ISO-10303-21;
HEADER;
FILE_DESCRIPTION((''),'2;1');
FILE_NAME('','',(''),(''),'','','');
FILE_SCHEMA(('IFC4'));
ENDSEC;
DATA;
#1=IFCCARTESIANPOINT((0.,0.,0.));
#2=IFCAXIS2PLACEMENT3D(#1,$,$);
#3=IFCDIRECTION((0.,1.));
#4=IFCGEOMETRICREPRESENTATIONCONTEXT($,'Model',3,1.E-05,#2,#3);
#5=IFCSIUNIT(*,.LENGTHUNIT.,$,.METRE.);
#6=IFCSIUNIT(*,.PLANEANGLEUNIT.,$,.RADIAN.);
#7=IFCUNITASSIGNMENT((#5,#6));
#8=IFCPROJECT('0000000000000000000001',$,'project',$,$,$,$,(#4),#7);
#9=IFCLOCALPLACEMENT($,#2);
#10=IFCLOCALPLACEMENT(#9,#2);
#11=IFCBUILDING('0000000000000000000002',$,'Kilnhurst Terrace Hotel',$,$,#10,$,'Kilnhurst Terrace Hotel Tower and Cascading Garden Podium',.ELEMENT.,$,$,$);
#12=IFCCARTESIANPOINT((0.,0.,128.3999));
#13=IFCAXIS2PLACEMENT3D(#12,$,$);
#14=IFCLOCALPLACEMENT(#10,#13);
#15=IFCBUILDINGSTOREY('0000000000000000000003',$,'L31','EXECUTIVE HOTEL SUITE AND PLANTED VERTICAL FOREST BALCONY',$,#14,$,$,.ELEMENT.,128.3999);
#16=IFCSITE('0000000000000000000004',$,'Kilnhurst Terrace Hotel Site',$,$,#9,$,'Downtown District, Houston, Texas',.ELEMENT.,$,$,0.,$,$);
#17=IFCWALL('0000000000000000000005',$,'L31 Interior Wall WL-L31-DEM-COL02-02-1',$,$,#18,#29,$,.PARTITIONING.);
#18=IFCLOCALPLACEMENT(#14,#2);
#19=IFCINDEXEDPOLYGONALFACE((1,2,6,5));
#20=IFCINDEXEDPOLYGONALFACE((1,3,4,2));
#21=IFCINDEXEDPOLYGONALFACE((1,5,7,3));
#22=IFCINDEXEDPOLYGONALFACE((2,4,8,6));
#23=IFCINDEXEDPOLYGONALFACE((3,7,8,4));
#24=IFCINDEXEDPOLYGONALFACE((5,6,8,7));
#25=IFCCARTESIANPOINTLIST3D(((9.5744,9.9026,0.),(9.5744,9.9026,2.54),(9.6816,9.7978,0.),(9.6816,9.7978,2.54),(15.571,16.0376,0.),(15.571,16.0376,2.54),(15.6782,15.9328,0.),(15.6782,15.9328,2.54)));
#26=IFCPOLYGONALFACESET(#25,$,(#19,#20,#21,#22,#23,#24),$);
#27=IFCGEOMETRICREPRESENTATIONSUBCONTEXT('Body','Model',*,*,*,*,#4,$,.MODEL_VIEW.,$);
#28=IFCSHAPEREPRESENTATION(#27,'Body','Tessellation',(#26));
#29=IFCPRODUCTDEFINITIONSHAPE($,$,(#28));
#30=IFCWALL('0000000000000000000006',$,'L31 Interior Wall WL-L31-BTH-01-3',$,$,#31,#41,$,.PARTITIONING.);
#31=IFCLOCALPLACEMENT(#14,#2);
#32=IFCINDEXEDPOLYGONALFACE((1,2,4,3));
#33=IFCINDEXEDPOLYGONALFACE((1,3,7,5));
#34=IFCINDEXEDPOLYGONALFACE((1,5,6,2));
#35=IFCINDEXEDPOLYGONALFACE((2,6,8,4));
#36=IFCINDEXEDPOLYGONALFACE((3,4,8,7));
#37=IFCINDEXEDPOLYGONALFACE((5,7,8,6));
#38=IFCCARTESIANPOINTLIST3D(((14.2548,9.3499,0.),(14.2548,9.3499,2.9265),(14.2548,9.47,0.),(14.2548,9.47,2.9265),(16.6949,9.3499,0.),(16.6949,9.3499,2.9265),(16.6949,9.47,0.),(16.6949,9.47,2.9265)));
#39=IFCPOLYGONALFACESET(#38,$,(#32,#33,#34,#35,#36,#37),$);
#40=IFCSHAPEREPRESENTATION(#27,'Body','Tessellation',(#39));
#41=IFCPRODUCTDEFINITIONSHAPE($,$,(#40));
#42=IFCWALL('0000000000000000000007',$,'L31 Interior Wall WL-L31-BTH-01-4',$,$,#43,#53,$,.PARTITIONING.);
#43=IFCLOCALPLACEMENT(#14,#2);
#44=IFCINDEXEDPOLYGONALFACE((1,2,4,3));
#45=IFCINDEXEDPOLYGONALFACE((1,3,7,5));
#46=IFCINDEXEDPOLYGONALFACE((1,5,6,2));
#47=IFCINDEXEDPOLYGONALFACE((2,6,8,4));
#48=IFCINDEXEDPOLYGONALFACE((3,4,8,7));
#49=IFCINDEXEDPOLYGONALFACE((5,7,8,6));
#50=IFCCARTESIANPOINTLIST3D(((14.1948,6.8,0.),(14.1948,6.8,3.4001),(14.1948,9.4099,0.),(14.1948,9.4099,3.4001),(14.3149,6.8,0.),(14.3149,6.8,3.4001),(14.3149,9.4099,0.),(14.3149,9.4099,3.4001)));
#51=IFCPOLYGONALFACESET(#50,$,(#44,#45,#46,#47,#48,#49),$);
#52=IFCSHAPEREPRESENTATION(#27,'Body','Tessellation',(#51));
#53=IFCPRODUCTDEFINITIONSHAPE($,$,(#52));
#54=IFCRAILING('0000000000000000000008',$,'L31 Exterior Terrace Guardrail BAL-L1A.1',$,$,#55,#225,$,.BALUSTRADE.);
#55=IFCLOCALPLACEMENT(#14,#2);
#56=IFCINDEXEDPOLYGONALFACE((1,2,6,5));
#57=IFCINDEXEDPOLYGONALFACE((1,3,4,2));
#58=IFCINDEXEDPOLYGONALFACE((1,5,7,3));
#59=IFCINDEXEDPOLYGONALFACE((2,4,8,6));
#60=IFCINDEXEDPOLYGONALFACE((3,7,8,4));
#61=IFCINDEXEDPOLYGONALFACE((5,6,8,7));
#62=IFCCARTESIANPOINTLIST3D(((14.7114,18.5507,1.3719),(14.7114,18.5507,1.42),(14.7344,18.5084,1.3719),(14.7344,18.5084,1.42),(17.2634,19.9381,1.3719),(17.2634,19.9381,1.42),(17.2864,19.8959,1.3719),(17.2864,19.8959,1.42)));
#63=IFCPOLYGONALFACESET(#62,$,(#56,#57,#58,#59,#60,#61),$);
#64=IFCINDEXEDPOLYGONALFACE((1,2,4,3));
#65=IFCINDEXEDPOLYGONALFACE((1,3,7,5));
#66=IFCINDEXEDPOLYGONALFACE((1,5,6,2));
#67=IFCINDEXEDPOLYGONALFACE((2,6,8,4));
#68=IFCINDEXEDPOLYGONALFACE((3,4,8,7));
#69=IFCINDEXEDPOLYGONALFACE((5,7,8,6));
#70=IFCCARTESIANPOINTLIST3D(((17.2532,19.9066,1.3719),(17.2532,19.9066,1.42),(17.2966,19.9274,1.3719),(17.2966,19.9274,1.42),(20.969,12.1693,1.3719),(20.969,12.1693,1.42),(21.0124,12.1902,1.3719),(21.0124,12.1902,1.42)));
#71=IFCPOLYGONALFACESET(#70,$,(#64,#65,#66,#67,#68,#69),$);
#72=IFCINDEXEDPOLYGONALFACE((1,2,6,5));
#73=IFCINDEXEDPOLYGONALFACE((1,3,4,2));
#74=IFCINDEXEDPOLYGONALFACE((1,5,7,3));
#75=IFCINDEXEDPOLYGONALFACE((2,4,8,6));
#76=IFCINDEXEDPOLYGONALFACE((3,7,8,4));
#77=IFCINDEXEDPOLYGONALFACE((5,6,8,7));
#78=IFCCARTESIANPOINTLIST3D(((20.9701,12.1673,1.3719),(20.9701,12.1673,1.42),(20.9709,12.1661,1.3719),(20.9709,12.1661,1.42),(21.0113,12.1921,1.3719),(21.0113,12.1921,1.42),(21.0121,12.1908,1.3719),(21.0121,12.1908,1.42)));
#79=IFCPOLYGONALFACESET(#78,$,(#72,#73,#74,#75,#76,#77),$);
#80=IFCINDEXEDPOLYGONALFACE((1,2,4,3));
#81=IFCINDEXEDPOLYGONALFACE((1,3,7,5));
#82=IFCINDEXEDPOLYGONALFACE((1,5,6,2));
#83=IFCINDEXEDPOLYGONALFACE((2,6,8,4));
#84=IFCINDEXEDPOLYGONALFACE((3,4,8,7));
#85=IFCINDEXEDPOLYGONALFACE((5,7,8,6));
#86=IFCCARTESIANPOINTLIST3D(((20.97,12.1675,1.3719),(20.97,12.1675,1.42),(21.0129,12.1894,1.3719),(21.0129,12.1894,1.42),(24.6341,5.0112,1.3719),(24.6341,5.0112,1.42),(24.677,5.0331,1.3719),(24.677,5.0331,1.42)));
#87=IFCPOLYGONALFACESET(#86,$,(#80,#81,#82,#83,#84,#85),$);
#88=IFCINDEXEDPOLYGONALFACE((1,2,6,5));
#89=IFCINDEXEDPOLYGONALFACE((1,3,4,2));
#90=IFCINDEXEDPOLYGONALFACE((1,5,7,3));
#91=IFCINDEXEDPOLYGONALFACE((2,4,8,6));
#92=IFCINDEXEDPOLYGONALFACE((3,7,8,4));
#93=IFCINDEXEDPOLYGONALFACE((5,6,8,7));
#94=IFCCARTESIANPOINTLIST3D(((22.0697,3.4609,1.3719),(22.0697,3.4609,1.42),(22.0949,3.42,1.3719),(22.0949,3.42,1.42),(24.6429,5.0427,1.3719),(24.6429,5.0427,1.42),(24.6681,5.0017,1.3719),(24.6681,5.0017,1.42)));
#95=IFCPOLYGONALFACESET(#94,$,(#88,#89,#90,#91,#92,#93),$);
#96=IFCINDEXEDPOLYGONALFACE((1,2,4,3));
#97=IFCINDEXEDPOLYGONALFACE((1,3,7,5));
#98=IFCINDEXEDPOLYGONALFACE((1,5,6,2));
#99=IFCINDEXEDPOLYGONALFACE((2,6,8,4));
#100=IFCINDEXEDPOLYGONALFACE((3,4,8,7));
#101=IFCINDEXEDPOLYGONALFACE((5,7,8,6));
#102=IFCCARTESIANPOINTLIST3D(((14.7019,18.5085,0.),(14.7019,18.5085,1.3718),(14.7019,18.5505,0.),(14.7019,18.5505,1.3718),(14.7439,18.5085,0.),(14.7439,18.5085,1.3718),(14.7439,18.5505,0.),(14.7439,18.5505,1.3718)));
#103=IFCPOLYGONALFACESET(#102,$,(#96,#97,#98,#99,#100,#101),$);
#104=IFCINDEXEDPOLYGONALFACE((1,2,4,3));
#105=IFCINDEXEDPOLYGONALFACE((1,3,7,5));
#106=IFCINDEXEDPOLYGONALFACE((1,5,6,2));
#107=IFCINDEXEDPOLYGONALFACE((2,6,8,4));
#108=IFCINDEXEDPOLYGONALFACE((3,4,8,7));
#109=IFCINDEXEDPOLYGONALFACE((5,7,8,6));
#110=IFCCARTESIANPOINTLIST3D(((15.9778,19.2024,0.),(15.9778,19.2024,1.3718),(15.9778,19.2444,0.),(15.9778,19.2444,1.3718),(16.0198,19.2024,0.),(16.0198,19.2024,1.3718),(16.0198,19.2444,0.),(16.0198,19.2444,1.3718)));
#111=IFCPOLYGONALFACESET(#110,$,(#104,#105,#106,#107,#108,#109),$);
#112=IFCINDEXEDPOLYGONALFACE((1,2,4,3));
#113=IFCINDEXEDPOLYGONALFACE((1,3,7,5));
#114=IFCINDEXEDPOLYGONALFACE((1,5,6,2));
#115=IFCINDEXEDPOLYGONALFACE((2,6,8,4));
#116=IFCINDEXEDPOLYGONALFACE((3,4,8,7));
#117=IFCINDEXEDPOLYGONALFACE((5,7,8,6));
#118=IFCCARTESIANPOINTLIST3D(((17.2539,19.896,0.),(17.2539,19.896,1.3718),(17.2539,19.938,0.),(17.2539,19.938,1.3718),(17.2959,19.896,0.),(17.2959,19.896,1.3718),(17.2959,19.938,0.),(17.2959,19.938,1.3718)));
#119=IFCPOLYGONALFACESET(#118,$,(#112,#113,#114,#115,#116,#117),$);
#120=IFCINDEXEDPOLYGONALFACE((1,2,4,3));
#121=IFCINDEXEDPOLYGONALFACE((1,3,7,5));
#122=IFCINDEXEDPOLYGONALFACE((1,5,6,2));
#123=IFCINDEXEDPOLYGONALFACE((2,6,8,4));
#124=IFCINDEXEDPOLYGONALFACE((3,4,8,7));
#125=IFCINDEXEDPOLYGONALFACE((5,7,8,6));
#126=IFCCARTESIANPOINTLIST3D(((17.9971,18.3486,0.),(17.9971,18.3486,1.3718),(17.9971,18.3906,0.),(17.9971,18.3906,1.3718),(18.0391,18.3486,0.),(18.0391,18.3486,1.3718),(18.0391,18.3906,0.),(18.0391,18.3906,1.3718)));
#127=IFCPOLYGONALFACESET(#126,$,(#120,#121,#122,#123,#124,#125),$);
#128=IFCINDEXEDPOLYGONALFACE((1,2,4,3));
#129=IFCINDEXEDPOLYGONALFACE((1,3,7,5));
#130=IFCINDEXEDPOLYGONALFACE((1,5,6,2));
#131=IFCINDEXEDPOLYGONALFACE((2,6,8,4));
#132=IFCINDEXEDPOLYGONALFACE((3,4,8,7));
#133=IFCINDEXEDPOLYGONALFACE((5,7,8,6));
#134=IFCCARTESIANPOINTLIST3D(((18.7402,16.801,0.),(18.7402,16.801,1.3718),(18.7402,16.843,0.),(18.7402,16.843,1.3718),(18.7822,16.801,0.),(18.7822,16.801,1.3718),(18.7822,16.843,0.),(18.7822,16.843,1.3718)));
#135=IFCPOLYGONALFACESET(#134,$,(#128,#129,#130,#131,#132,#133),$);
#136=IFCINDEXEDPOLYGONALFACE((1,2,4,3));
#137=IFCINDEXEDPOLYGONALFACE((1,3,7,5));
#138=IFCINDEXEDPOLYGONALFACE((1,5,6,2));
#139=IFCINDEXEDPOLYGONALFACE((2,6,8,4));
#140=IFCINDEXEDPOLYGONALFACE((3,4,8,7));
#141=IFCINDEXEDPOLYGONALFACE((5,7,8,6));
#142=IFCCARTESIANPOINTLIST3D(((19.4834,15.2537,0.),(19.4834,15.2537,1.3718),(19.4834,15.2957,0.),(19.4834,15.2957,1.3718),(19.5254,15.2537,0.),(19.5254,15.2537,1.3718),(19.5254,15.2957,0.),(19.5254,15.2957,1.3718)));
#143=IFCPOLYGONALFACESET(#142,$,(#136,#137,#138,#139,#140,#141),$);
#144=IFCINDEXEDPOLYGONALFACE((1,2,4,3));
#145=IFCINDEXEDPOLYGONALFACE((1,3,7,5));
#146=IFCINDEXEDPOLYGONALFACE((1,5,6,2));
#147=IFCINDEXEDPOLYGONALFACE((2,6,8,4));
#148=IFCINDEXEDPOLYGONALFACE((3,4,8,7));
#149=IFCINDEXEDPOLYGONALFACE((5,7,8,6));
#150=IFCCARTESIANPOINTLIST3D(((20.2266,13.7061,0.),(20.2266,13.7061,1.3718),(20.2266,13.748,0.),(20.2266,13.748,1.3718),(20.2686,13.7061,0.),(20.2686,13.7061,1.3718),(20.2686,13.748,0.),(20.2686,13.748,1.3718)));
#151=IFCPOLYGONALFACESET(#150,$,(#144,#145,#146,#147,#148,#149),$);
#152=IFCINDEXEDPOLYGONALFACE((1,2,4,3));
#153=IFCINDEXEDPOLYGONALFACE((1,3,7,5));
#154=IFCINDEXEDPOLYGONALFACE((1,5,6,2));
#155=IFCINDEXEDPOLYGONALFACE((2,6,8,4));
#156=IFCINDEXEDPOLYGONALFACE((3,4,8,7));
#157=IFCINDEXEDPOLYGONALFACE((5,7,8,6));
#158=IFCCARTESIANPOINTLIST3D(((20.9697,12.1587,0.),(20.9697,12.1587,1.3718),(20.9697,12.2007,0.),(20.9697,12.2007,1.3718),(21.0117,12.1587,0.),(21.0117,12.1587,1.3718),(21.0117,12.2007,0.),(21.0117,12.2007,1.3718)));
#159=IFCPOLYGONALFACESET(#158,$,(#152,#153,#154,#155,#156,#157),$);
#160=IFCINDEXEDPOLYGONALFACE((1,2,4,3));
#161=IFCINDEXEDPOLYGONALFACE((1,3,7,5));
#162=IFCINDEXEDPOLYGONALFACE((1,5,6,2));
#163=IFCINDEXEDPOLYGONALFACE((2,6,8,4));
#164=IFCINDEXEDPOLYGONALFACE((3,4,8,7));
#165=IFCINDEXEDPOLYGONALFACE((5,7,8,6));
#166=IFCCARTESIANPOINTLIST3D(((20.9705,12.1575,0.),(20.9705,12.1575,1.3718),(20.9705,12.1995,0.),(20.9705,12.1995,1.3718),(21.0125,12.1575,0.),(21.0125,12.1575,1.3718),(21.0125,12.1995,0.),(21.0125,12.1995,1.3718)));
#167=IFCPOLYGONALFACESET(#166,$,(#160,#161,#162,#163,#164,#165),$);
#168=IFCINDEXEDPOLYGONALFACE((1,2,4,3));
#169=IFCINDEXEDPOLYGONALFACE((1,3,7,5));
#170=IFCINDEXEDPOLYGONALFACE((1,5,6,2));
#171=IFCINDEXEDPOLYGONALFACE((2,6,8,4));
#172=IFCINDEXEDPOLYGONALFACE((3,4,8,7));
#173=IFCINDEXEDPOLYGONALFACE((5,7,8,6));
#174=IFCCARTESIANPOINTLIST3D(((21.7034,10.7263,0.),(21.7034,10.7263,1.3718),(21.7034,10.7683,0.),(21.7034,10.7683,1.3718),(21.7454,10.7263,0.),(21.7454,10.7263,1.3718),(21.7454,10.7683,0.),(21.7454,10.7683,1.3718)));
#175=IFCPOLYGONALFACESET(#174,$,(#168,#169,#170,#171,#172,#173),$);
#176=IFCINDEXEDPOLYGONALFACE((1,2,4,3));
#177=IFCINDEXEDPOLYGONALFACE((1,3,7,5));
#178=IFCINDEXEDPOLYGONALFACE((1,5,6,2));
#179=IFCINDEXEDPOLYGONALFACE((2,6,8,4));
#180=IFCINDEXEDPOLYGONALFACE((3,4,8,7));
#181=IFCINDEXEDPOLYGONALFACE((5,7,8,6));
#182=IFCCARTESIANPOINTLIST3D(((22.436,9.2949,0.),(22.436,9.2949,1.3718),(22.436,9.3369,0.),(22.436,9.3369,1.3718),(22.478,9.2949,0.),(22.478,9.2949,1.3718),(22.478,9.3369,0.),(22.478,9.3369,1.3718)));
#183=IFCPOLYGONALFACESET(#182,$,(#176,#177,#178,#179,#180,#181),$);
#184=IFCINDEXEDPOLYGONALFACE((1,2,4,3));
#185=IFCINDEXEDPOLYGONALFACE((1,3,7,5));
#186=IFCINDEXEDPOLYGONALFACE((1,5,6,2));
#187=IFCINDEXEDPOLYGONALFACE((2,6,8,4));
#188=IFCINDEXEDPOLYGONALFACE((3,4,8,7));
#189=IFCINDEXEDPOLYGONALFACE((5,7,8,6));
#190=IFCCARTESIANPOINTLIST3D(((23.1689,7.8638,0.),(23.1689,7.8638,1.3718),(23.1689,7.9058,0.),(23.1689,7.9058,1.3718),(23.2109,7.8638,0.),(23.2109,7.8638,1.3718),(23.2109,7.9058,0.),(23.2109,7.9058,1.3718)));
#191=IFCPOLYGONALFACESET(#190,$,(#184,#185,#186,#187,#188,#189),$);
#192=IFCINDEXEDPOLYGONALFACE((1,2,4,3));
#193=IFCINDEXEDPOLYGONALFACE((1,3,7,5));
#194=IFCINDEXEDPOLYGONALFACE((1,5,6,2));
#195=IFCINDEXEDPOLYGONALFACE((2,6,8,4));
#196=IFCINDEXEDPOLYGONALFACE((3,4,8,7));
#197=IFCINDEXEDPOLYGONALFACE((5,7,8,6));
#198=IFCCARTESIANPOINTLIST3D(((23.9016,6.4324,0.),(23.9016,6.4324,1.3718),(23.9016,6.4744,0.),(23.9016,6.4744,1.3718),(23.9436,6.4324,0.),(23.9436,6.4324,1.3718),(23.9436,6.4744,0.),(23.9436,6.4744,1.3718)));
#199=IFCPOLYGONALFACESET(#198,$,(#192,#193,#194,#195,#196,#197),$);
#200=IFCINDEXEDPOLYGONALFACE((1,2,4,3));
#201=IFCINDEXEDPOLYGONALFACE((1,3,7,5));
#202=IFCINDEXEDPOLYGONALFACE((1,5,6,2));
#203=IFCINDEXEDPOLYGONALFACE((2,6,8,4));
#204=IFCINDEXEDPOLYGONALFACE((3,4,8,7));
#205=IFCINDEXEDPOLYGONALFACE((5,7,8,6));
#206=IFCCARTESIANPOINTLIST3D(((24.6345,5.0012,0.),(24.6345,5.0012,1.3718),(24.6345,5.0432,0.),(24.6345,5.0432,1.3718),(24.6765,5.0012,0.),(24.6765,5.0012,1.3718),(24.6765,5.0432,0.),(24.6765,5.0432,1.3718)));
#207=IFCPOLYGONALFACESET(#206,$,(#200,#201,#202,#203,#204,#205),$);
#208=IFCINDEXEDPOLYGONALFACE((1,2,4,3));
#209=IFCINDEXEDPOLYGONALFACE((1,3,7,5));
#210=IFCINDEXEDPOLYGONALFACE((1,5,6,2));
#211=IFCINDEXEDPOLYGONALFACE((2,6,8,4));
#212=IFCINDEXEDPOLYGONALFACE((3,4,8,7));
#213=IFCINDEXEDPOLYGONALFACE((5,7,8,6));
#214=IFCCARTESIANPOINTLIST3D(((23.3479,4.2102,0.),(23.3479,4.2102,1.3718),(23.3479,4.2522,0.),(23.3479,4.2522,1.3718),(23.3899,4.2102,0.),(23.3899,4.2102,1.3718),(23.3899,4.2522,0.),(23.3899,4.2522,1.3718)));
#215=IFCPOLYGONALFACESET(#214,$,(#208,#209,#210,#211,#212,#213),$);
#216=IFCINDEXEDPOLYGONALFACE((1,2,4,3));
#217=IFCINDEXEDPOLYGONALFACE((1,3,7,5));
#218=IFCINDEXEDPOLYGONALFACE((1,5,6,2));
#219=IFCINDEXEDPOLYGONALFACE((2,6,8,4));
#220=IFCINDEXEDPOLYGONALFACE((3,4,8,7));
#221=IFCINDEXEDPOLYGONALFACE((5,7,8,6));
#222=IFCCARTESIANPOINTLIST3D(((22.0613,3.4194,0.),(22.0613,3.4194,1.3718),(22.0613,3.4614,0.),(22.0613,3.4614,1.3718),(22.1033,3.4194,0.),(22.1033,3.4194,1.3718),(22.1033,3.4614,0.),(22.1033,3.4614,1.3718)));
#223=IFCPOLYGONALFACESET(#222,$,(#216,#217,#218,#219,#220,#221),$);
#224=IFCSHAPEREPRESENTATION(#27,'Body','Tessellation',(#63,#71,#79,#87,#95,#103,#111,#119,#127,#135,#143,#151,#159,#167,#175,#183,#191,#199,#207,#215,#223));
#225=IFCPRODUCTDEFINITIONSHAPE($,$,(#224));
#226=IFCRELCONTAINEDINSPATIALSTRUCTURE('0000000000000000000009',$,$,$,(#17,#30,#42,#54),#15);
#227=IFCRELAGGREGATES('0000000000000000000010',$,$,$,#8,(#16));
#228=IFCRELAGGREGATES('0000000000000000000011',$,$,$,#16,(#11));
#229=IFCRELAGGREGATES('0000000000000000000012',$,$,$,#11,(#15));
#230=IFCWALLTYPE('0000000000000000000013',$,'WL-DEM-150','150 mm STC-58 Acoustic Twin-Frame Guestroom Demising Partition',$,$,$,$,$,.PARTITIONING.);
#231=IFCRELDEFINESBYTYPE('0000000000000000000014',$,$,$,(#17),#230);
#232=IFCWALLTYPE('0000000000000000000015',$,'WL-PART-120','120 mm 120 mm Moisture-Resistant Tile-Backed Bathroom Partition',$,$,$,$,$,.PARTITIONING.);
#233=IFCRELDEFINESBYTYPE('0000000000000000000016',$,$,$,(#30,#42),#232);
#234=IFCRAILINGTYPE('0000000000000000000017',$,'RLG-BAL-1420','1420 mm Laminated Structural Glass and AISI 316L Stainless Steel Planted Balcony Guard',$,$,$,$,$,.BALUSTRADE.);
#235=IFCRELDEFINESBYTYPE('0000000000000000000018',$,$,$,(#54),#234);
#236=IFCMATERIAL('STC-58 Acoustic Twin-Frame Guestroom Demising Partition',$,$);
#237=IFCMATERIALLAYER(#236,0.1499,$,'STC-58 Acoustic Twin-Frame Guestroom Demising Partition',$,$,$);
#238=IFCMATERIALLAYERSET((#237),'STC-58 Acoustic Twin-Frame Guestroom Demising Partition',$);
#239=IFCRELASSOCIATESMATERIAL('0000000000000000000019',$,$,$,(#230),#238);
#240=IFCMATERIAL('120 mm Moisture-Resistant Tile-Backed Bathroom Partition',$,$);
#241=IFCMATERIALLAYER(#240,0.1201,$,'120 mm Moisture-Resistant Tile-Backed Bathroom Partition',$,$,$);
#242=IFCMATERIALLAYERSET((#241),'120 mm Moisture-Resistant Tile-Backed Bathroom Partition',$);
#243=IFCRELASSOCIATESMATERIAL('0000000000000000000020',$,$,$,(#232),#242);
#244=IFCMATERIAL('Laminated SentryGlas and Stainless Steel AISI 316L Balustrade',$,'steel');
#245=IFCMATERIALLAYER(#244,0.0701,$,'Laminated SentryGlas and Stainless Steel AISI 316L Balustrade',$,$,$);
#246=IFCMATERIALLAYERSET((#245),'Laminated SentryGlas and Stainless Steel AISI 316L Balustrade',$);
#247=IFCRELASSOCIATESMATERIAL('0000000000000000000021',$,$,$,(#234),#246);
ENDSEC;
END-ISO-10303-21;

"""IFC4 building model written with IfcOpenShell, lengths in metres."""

from ifc_helpers import new_model, si_unit, direction, frame, frame_2d, origin, origin_2d, place, context, subcontext, project, spatial, rectangle, extrude, material, layer, layer_set, type_object, element, save


model = new_model("IFC4")

# Units and contexts
model_context = context("Model", 3, precision=1e-05, world=origin(), true_north=direction((0.0, 1.0)))
body_context = subcontext(model_context, "Body", "Model", "MODEL_VIEW")
ifc_project = project(units=[si_unit("LENGTHUNIT", "METRE"), si_unit("PLANEANGLEUNIT", "RADIAN")], contexts=[model_context])

# Site, building, storey
site_placement = place(None, origin())
site = spatial("IfcSite", under=ifc_project, at=site_placement, Name="Kilnhurst Terrace Hotel Site", LongName="Downtown District, Houston, Texas", CompositionType="ELEMENT", RefElevation=0.0)
building_placement = place(site_placement, origin())
building = spatial("IfcBuilding", under=site, at=building_placement, Name="Kilnhurst Terrace Hotel", LongName="Kilnhurst Terrace Hotel Tower and Cascading Garden Podium", CompositionType="ELEMENT")
storey_placement = place(building_placement, frame((0.0, 0.0, 128.3999)))
storey = spatial("IfcBuildingStorey", under=building, at=storey_placement, Name="L31", Description="EXECUTIVE HOTEL SUITE AND PLANTED VERTICAL FOREST BALCONY", CompositionType="ELEMENT", Elevation=128.3999)

# Walls
ifc_material_1 = material(Name="STC-58 Acoustic Twin-Frame Guestroom Demising Partition")
ifc_layer_1 = layer(ifc_material_1, 0.1499, Name="STC-58 Acoustic Twin-Frame Guestroom Demising Partition")
ifc_layer_set_1 = layer_set([ifc_layer_1], Name="STC-58 Acoustic Twin-Frame Guestroom Demising Partition")
wall_type_1 = type_object("IfcWallType", Name="WL-DEM-150", Description="150 mm STC-58 Acoustic Twin-Frame Guestroom Demising Partition", PredefinedType="PARTITIONING", material=ifc_layer_set_1)
wall_1_placement = place(storey_placement, frame((9.6279, 9.8501, 0.0), z_axis=(0.0, 0.0, 1.0), x_axis=(0.698993, 0.715129, 0.0)))
element("IfcWall", 1, at=wall_1_placement, inside=storey, type_object=wall_type_1, Name="L31 Interior Wall WL-L31-DEM-COL02-02-1", PredefinedType="PARTITIONING", context=body_context, shape_type="SweptSolid", body=[
    extrude(rectangle(XDim=8.5789, YDim=0.1499, at=frame_2d((4.2896, 0.0))), origin(), (0.0, 0.0, 1.0), 2.54),
])
ifc_material_2 = material(Name="120 mm Moisture-Resistant Tile-Backed Bathroom Partition")
ifc_layer_2 = layer(ifc_material_2, 0.1201, Name="120 mm Moisture-Resistant Tile-Backed Bathroom Partition")
ifc_layer_set_2 = layer_set([ifc_layer_2], Name="120 mm Moisture-Resistant Tile-Backed Bathroom Partition")
wall_type_2 = type_object("IfcWallType", Name="WL-PART-120", Description="120 mm 120 mm Moisture-Resistant Tile-Backed Bathroom Partition", PredefinedType="PARTITIONING", material=ifc_layer_set_2)
wall_2_placement = place(storey_placement, frame((16.6951, 9.4099, 0.0), z_axis=(0.0, 0.0, 1.0), x_axis=(-1.0, 0.0, 0.0)))
element("IfcWall", 2, at=wall_2_placement, inside=storey, type_object=wall_type_2, Name="L31 Interior Wall WL-L31-BTH-01-3", PredefinedType="PARTITIONING", context=body_context, shape_type="SweptSolid", body=[
    extrude(rectangle(XDim=2.4402, YDim=0.1201, at=frame_2d((1.2202, 0.0))), origin(), (0.0, 0.0, 1.0), 2.9265),
])
wall_3_placement = place(storey_placement, frame((14.2549, 9.4099, 0.0), z_axis=(0.0, 0.0, 1.0), x_axis=(0.0, -1.0, 0.0)))
element("IfcWall", 3, at=wall_3_placement, inside=storey, type_object=wall_type_2, Name="L31 Interior Wall WL-L31-BTH-01-4", PredefinedType="PARTITIONING", context=body_context, shape_type="SweptSolid", body=[
    extrude(rectangle(XDim=2.6099, YDim=0.1201, at=frame_2d((1.3049, 0.0))), origin(), (0.0, 0.0, 1.0), 3.4001),
])

# Railing
ifc_material_3 = material(Name="Laminated SentryGlas and Stainless Steel AISI 316L Balustrade", Category="steel")
ifc_layer_3 = layer(ifc_material_3, 0.0701, Name="Laminated SentryGlas and Stainless Steel AISI 316L Balustrade")
ifc_layer_set_3 = layer_set([ifc_layer_3], Name="Laminated SentryGlas and Stainless Steel AISI 316L Balustrade")
railing_type = type_object("IfcRailingType", Name="RLG-BAL-1420", Description="1420 mm Laminated Structural Glass and AISI 316L Stainless Steel Planted Balcony Guard", PredefinedType="BALUSTRADE", material=ifc_layer_set_3)
railing_placement = place(storey_placement, frame((14.7229, 18.5295, 0.0)))
element("IfcRailing", 4, at=railing_placement, inside=storey, type_object=railing_type, Name="L31 Exterior Terrace Guardrail BAL-L1A.1", PredefinedType="BALUSTRADE", context=body_context, shape_type="SweptSolid", body=[
    extrude(rectangle(XDim=0.0481, YDim=0.0481, at=origin_2d()), frame((0.0, 0.0, 1.396), z_axis=(0.878553, 0.477644, 0.0), x_axis=(-0.477644, 0.878553, 0.0)), (0.0, 0.0, 1.0), 2.9048),
    extrude(rectangle(XDim=0.0481, YDim=0.0481, at=origin_2d()), frame((2.552, 1.3875, 1.396), z_axis=(0.432912, -0.901436, 0.0), x_axis=(0.901436, 0.432912, 0.0)), (0.0, 0.0, 1.0), 8.5833),
    extrude(rectangle(XDim=0.0481, YDim=0.0481, at=origin_2d()), frame((6.2678, -6.3499, 1.396), z_axis=(0.514496, -0.857493, 0.0), x_axis=(0.857493, 0.514496, 0.0)), (0.0, 0.0, 1.0), 0.0015),
    extrude(rectangle(XDim=0.0481, YDim=0.0481, at=origin_2d()), frame((6.2686, -6.3511, 1.396), z_axis=(0.455744, -0.890111, 0.0), x_axis=(0.890111, 0.455744, 0.0)), (0.0, 0.0, 1.0), 8.0398),
    extrude(rectangle(XDim=0.0481, YDim=0.0481, at=origin_2d()), frame((9.9326, -13.5073, 1.396), z_axis=(-0.851916, -0.523678, 0.0), x_axis=(0.523678, -0.851916, 0.0)), (0.0, 0.0, 1.0), 3.0205),
    extrude(rectangle(XDim=0.042, YDim=0.042, at=origin_2d()), origin(), (0.0, 0.0, 1.0), 1.3718),
    extrude(rectangle(XDim=0.042, YDim=0.042, at=origin_2d()), frame((1.2759, 0.6938, 0.0)), (0.0, 0.0, 1.0), 1.3718),
    extrude(rectangle(XDim=0.042, YDim=0.042, at=origin_2d()), frame((2.552, 1.3875, 0.0)), (0.0, 0.0, 1.0), 1.3718),
    extrude(rectangle(XDim=0.042, YDim=0.042, at=origin_2d()), frame((3.2952, -0.1599, 0.0)), (0.0, 0.0, 1.0), 1.3718),
    extrude(rectangle(XDim=0.042, YDim=0.042, at=origin_2d()), frame((4.0383, -1.7075, 0.0)), (0.0, 0.0, 1.0), 1.3718),
    extrude(rectangle(XDim=0.042, YDim=0.042, at=origin_2d()), frame((4.7815, -3.2549, 0.0)), (0.0, 0.0, 1.0), 1.3718),
    extrude(rectangle(XDim=0.042, YDim=0.042, at=origin_2d()), frame((5.5247, -4.8025, 0.0)), (0.0, 0.0, 1.0), 1.3718),
    extrude(rectangle(XDim=0.042, YDim=0.042, at=origin_2d()), frame((6.2678, -6.3499, 0.0)), (0.0, 0.0, 1.0), 1.3718),
    extrude(rectangle(XDim=0.042, YDim=0.042, at=origin_2d()), frame((6.2686, -6.3511, 0.0)), (0.0, 0.0, 1.0), 1.3718),
    extrude(rectangle(XDim=0.042, YDim=0.042, at=origin_2d()), frame((7.0015, -7.7822, 0.0)), (0.0, 0.0, 1.0), 1.3718),
    extrude(rectangle(XDim=0.042, YDim=0.042, at=origin_2d()), frame((7.7341, -9.2136, 0.0)), (0.0, 0.0, 1.0), 1.3718),
    extrude(rectangle(XDim=0.042, YDim=0.042, at=origin_2d()), frame((8.467, -10.6448, 0.0)), (0.0, 0.0, 1.0), 1.3718),
    extrude(rectangle(XDim=0.042, YDim=0.042, at=origin_2d()), frame((9.1997, -12.0762, 0.0)), (0.0, 0.0, 1.0), 1.3718),
    extrude(rectangle(XDim=0.042, YDim=0.042, at=origin_2d()), frame((9.9326, -13.5073, 0.0)), (0.0, 0.0, 1.0), 1.3718),
    extrude(rectangle(XDim=0.042, YDim=0.042, at=origin_2d()), frame((8.646, -14.2983, 0.0)), (0.0, 0.0, 1.0), 1.3718),
    extrude(rectangle(XDim=0.042, YDim=0.042, at=origin_2d()), frame((7.3594, -15.0891, 0.0)), (0.0, 0.0, 1.0), 1.3718),
])

save(model, "model.ifc")
